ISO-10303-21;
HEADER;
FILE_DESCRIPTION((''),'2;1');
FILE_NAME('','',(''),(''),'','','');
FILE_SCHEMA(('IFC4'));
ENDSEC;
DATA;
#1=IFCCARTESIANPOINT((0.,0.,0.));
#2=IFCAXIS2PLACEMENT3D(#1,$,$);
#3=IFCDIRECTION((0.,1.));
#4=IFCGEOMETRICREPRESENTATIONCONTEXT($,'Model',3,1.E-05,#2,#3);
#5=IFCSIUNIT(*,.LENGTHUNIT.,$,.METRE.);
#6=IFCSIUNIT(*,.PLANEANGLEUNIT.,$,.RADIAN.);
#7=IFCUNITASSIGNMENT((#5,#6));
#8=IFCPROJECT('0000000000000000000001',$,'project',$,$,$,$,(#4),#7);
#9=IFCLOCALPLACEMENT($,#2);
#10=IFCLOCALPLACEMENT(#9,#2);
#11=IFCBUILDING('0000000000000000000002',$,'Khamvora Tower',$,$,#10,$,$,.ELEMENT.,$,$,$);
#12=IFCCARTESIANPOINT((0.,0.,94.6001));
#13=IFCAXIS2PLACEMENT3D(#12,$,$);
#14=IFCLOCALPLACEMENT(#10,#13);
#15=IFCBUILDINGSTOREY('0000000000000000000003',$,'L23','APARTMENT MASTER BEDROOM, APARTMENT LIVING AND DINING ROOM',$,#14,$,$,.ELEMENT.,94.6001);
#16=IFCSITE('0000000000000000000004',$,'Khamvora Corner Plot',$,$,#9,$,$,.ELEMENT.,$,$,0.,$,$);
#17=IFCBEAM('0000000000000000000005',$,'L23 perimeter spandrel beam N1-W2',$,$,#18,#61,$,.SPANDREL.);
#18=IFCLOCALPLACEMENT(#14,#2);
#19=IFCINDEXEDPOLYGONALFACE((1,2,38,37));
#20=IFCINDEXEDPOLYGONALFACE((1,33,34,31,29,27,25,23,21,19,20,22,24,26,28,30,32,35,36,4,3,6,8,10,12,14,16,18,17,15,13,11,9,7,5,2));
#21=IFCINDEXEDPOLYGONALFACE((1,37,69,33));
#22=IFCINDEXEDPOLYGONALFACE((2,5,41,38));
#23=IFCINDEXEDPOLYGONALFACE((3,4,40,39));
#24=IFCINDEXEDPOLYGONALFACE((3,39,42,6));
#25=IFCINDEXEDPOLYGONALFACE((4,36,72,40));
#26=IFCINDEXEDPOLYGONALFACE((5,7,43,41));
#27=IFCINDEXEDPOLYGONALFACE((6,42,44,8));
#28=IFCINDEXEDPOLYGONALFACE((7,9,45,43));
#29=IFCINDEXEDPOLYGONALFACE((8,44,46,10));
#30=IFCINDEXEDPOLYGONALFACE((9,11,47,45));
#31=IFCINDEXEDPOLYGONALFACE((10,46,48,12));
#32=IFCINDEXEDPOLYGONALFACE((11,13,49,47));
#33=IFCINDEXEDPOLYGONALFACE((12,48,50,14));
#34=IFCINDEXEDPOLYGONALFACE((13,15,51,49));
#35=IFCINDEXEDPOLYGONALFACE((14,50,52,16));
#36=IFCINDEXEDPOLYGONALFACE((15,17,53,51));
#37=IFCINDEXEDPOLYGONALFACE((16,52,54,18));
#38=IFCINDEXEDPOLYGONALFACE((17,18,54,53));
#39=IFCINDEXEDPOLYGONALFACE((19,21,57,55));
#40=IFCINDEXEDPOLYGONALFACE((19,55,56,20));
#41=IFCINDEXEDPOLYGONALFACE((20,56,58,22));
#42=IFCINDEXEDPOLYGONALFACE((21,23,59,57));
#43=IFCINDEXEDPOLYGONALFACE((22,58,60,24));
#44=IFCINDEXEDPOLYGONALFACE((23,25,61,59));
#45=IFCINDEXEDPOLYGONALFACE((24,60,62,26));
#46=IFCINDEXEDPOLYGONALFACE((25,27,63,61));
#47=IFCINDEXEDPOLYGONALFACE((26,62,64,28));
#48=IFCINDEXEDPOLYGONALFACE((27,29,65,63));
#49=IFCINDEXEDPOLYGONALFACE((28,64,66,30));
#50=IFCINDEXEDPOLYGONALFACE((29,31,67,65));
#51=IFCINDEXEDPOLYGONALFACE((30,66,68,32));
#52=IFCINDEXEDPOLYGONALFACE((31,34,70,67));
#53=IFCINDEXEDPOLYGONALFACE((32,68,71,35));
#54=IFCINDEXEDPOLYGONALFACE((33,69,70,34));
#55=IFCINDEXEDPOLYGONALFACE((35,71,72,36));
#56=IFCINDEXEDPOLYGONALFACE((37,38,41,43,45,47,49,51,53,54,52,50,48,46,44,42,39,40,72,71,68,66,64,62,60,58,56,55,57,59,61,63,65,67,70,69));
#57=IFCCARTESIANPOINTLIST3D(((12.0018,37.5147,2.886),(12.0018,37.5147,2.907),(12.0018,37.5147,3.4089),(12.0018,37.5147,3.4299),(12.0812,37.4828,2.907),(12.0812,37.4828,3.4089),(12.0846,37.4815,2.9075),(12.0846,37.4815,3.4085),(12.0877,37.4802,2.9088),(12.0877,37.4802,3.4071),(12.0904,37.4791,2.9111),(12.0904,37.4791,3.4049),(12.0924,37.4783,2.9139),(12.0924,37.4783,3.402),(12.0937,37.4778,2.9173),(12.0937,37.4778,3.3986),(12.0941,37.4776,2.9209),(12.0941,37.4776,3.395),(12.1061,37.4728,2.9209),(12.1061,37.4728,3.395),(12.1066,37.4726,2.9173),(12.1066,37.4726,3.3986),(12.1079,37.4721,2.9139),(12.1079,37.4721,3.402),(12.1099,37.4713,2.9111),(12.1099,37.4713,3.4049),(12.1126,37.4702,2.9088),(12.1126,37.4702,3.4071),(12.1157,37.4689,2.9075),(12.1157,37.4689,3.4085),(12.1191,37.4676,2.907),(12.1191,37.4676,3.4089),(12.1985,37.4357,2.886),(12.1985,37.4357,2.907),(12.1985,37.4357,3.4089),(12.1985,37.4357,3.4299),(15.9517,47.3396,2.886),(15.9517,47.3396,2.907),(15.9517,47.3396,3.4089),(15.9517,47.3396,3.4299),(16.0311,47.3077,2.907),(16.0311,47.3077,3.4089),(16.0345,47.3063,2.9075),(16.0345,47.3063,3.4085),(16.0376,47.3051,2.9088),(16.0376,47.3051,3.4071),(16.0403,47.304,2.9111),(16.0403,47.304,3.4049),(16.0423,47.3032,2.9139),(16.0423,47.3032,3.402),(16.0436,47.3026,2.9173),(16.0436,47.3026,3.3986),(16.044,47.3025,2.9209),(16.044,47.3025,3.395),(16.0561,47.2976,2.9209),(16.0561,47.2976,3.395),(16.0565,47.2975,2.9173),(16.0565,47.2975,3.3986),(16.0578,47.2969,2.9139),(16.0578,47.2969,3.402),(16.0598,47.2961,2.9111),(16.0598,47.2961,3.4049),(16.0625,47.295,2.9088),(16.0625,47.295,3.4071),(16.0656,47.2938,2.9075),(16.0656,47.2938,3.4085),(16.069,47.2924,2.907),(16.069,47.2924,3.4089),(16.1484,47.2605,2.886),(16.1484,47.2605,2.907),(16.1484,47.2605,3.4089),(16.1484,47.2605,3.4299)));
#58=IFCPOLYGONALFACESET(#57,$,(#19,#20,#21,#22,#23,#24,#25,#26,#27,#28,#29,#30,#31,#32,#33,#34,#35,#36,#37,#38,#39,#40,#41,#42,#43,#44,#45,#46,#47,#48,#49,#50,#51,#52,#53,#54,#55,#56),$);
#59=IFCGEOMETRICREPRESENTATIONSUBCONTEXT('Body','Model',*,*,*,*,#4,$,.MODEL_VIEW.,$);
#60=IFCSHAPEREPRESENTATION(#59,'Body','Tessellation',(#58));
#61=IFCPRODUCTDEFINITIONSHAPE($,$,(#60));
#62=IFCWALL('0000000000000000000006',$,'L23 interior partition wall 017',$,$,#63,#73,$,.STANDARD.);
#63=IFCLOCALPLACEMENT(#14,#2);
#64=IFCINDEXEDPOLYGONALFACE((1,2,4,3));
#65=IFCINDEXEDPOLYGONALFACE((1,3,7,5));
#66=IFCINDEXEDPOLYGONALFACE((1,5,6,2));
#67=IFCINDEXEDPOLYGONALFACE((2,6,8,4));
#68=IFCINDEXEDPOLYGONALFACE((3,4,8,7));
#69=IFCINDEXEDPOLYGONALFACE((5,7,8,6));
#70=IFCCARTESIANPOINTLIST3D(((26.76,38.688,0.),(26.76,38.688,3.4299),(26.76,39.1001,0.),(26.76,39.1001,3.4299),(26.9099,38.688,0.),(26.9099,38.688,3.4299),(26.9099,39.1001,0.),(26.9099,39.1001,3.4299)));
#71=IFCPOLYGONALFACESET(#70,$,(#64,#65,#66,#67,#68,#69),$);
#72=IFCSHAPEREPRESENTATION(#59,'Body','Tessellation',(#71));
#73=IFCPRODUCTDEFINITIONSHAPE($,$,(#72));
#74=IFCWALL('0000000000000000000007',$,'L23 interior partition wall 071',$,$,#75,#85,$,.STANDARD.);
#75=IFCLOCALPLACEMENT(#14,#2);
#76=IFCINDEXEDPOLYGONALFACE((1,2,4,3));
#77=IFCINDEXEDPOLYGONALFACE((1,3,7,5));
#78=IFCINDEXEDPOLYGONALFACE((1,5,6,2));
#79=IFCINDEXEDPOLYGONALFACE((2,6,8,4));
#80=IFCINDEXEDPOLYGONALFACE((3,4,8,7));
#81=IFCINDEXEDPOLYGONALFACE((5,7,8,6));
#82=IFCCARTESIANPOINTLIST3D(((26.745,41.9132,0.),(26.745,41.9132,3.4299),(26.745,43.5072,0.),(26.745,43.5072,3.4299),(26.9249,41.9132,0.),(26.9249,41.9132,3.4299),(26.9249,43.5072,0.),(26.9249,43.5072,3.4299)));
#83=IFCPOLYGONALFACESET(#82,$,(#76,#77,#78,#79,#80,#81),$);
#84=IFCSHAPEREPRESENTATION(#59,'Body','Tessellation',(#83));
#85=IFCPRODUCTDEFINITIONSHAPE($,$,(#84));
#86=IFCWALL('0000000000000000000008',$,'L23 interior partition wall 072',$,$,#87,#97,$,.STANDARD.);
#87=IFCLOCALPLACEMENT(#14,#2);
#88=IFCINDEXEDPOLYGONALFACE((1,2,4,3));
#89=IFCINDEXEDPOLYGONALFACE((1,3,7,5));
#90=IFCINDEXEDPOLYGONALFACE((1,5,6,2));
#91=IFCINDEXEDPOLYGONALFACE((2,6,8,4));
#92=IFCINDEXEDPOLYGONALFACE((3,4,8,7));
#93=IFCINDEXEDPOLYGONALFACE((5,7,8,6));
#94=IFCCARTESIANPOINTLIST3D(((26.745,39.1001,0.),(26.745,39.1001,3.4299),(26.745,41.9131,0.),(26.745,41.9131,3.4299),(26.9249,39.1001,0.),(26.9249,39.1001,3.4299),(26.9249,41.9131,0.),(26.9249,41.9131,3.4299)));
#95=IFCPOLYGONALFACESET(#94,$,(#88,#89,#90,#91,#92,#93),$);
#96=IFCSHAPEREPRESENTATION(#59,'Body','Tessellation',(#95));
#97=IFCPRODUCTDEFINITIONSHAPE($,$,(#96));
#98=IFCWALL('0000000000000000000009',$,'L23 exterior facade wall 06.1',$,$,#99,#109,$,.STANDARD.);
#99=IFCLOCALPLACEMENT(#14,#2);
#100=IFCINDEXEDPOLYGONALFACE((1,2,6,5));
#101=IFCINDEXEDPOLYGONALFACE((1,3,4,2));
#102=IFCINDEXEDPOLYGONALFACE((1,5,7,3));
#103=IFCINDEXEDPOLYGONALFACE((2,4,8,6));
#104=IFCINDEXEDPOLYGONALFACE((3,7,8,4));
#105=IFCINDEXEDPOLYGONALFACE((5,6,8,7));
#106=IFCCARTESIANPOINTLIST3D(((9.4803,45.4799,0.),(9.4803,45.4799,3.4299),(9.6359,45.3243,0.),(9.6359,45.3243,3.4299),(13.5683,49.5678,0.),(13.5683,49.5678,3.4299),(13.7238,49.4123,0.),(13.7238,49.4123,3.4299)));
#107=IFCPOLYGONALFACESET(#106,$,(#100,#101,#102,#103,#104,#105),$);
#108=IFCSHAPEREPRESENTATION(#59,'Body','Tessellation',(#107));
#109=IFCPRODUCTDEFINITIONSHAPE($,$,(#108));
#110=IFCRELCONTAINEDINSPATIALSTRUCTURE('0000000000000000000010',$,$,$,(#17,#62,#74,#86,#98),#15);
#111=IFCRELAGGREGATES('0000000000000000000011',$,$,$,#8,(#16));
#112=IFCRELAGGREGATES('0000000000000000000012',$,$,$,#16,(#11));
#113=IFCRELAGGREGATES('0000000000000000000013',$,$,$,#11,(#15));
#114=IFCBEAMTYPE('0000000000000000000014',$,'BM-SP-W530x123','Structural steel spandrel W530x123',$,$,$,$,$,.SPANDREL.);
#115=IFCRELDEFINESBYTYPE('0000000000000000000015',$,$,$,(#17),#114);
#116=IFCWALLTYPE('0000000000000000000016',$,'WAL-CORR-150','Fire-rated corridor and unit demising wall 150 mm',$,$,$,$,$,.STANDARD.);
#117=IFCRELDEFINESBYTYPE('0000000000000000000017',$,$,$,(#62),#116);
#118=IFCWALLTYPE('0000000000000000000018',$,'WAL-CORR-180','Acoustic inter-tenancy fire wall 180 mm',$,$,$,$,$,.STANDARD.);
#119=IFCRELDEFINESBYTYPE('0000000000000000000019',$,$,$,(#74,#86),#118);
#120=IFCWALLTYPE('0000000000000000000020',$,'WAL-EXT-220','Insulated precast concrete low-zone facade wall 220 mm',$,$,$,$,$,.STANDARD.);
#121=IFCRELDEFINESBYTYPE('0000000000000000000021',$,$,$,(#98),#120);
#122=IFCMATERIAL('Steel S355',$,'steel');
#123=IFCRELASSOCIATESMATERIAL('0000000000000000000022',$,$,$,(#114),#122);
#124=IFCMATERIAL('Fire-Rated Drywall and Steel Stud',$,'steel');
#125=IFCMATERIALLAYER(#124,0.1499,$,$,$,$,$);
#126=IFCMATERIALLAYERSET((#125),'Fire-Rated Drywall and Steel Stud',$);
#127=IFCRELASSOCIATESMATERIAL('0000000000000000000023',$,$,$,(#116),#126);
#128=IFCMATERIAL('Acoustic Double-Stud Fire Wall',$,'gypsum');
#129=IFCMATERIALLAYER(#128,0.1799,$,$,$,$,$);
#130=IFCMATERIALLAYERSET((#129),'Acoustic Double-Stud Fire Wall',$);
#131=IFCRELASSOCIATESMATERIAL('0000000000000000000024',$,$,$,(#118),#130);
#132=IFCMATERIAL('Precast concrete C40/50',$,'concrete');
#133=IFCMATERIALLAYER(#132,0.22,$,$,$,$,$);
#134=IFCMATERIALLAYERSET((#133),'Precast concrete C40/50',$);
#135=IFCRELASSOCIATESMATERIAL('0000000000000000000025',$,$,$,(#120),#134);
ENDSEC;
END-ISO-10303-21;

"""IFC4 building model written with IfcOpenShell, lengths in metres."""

from ifc_helpers import new_model, si_unit, direction, frame, frame_2d, origin, origin_2d, place, context, subcontext, project, spatial, rectangle, i_section, extrude, material, layer, layer_set, material_profile, profile_set, type_object, element, save


model = new_model("IFC4")

# Units and contexts
model_context = context("Model", 3, precision=1e-05, world=origin(), true_north=direction((0.0, 1.0)))
body_context = subcontext(model_context, "Body", "Model", "MODEL_VIEW")
ifc_project = project(units=[si_unit("LENGTHUNIT", "METRE"), si_unit("PLANEANGLEUNIT", "RADIAN")], contexts=[model_context])

# Site, building, storey
site_placement = place(None, origin())
site = spatial("IfcSite", under=ifc_project, at=site_placement, Name="Khamvora Corner Plot", CompositionType="ELEMENT", RefElevation=0.0)
building_placement = place(site_placement, origin())
building = spatial("IfcBuilding", under=site, at=building_placement, Name="Khamvora Tower", CompositionType="ELEMENT")
storey_placement = place(building_placement, frame((0.0, 0.0, 94.6001)))
storey = spatial("IfcBuildingStorey", under=building, at=storey_placement, Name="L23", Description="APARTMENT MASTER BEDROOM, APARTMENT LIVING AND DINING ROOM", CompositionType="ELEMENT", Elevation=94.6001)

# Shared definitions
ifc_material_1 = material(Name="Steel S355", Category="steel")

# Beam
ifc_material_profile_1 = material_profile(ifc_material_1, i_section(OverallWidth=0.2119, OverallDepth=0.5439, WebThickness=0.0129, FlangeThickness=0.021, FilletRadius=0.0139, at=origin_2d()), Name="W530x123")
ifc_profile_set_1 = profile_set([ifc_material_profile_1], Name="Steel S355")
beam_type_1 = type_object("IfcBeamType", Name="BM-SP-W530x123", Description="Structural steel spandrel W530x123", PredefinedType="SPANDREL", material=ifc_profile_set_1)
beam_1_placement = place(storey_placement, frame((16.05, 47.3, 3.158), z_axis=(-0.373016, -0.927825, 0.0), x_axis=(0.927825, -0.373016, 0.0)))
element("IfcBeam", 1, at=beam_1_placement, inside=storey, type_object=beam_type_1, Name="L23 perimeter spandrel beam N1-W2", PredefinedType="SPANDREL", context=body_context, shape_type="SweptSolid", body=[
    extrude(i_section(OverallWidth=0.2119, OverallDepth=0.5439, WebThickness=0.0129, FlangeThickness=0.021, FilletRadius=0.0139, at=origin_2d()), origin(), (0.0, 0.0, 1.0), 10.5891),
])

# Walls
ifc_material_2 = material(Name="Fire-Rated Drywall and Steel Stud", Category="steel")
ifc_layer_1 = layer(ifc_material_2, 0.1499)
ifc_layer_set_1 = layer_set([ifc_layer_1], Name="Fire-Rated Drywall and Steel Stud")
wall_type_1 = type_object("IfcWallType", Name="WAL-CORR-150", Description="Fire-rated corridor and unit demising wall 150 mm", PredefinedType="STANDARD", material=ifc_layer_set_1)
wall_1_placement = place(storey_placement, frame((26.835, 38.688, 0.0), z_axis=(0.0, 0.0, 1.0), x_axis=(0.0, 1.0, 0.0)))
element("IfcWall", 2, at=wall_1_placement, inside=storey, type_object=wall_type_1, Name="L23 interior partition wall 017", PredefinedType="STANDARD", context=body_context, shape_type="SweptSolid", body=[
    extrude(rectangle(XDim=0.4121, YDim=0.1499, at=frame_2d((0.2061, 0.0))), origin(), (0.0, 0.0, 1.0), 3.4299),
])
ifc_material_3 = material(Name="Acoustic Double-Stud Fire Wall", Category="gypsum")
ifc_layer_2 = layer(ifc_material_3, 0.1799)
ifc_layer_set_2 = layer_set([ifc_layer_2], Name="Acoustic Double-Stud Fire Wall")
wall_type_2 = type_object("IfcWallType", Name="WAL-CORR-180", Description="Acoustic inter-tenancy fire wall 180 mm", PredefinedType="STANDARD", material=ifc_layer_set_2)
wall_2_placement = place(storey_placement, frame((26.835, 43.5071, 0.0), z_axis=(0.0, 0.0, 1.0), x_axis=(0.0, -1.0, 0.0)))
element("IfcWall", 3, at=wall_2_placement, inside=storey, type_object=wall_type_2, Name="L23 interior partition wall 071", PredefinedType="STANDARD", context=body_context, shape_type="SweptSolid", body=[
    extrude(rectangle(XDim=1.594, YDim=0.1799, at=frame_2d((0.7969, 0.0))), origin(), (0.0, 0.0, 1.0), 3.4299),
])
wall_3_placement = place(storey_placement, frame((26.835, 41.9131, 0.0), z_axis=(0.0, 0.0, 1.0), x_axis=(0.0, -1.0, 0.0)))
element("IfcWall", 4, at=wall_3_placement, inside=storey, type_object=wall_type_2, Name="L23 interior partition wall 072", PredefinedType="STANDARD", context=body_context, shape_type="SweptSolid", body=[
    extrude(rectangle(XDim=2.813, YDim=0.1799, at=frame_2d((1.4065, 0.0))), origin(), (0.0, 0.0, 1.0), 3.4299),
])
ifc_material_4 = material(Name="Precast concrete C40/50", Category="concrete")
ifc_layer_3 = layer(ifc_material_4, 0.22)
ifc_layer_set_3 = layer_set([ifc_layer_3], Name="Precast concrete C40/50")
wall_type_3 = type_object("IfcWallType", Name="WAL-EXT-220", Description="Insulated precast concrete low-zone facade wall 220 mm", PredefinedType="STANDARD", material=ifc_layer_set_3)
wall_4_placement = place(storey_placement, frame((9.5581, 45.4021, 0.0), z_axis=(0.0, 0.0, 1.0), x_axis=(0.707107, 0.707107, 0.0)))
element("IfcWall", 5, at=wall_4_placement, inside=storey, type_object=wall_type_3, Name="L23 exterior facade wall 06.1", PredefinedType="STANDARD", context=body_context, shape_type="SweptSolid", body=[
    extrude(rectangle(XDim=5.7812, YDim=0.22, at=frame_2d((2.8906, 0.0))), origin(), (0.0, 0.0, 1.0), 3.4299),
])

save(model, "model.ifc")
